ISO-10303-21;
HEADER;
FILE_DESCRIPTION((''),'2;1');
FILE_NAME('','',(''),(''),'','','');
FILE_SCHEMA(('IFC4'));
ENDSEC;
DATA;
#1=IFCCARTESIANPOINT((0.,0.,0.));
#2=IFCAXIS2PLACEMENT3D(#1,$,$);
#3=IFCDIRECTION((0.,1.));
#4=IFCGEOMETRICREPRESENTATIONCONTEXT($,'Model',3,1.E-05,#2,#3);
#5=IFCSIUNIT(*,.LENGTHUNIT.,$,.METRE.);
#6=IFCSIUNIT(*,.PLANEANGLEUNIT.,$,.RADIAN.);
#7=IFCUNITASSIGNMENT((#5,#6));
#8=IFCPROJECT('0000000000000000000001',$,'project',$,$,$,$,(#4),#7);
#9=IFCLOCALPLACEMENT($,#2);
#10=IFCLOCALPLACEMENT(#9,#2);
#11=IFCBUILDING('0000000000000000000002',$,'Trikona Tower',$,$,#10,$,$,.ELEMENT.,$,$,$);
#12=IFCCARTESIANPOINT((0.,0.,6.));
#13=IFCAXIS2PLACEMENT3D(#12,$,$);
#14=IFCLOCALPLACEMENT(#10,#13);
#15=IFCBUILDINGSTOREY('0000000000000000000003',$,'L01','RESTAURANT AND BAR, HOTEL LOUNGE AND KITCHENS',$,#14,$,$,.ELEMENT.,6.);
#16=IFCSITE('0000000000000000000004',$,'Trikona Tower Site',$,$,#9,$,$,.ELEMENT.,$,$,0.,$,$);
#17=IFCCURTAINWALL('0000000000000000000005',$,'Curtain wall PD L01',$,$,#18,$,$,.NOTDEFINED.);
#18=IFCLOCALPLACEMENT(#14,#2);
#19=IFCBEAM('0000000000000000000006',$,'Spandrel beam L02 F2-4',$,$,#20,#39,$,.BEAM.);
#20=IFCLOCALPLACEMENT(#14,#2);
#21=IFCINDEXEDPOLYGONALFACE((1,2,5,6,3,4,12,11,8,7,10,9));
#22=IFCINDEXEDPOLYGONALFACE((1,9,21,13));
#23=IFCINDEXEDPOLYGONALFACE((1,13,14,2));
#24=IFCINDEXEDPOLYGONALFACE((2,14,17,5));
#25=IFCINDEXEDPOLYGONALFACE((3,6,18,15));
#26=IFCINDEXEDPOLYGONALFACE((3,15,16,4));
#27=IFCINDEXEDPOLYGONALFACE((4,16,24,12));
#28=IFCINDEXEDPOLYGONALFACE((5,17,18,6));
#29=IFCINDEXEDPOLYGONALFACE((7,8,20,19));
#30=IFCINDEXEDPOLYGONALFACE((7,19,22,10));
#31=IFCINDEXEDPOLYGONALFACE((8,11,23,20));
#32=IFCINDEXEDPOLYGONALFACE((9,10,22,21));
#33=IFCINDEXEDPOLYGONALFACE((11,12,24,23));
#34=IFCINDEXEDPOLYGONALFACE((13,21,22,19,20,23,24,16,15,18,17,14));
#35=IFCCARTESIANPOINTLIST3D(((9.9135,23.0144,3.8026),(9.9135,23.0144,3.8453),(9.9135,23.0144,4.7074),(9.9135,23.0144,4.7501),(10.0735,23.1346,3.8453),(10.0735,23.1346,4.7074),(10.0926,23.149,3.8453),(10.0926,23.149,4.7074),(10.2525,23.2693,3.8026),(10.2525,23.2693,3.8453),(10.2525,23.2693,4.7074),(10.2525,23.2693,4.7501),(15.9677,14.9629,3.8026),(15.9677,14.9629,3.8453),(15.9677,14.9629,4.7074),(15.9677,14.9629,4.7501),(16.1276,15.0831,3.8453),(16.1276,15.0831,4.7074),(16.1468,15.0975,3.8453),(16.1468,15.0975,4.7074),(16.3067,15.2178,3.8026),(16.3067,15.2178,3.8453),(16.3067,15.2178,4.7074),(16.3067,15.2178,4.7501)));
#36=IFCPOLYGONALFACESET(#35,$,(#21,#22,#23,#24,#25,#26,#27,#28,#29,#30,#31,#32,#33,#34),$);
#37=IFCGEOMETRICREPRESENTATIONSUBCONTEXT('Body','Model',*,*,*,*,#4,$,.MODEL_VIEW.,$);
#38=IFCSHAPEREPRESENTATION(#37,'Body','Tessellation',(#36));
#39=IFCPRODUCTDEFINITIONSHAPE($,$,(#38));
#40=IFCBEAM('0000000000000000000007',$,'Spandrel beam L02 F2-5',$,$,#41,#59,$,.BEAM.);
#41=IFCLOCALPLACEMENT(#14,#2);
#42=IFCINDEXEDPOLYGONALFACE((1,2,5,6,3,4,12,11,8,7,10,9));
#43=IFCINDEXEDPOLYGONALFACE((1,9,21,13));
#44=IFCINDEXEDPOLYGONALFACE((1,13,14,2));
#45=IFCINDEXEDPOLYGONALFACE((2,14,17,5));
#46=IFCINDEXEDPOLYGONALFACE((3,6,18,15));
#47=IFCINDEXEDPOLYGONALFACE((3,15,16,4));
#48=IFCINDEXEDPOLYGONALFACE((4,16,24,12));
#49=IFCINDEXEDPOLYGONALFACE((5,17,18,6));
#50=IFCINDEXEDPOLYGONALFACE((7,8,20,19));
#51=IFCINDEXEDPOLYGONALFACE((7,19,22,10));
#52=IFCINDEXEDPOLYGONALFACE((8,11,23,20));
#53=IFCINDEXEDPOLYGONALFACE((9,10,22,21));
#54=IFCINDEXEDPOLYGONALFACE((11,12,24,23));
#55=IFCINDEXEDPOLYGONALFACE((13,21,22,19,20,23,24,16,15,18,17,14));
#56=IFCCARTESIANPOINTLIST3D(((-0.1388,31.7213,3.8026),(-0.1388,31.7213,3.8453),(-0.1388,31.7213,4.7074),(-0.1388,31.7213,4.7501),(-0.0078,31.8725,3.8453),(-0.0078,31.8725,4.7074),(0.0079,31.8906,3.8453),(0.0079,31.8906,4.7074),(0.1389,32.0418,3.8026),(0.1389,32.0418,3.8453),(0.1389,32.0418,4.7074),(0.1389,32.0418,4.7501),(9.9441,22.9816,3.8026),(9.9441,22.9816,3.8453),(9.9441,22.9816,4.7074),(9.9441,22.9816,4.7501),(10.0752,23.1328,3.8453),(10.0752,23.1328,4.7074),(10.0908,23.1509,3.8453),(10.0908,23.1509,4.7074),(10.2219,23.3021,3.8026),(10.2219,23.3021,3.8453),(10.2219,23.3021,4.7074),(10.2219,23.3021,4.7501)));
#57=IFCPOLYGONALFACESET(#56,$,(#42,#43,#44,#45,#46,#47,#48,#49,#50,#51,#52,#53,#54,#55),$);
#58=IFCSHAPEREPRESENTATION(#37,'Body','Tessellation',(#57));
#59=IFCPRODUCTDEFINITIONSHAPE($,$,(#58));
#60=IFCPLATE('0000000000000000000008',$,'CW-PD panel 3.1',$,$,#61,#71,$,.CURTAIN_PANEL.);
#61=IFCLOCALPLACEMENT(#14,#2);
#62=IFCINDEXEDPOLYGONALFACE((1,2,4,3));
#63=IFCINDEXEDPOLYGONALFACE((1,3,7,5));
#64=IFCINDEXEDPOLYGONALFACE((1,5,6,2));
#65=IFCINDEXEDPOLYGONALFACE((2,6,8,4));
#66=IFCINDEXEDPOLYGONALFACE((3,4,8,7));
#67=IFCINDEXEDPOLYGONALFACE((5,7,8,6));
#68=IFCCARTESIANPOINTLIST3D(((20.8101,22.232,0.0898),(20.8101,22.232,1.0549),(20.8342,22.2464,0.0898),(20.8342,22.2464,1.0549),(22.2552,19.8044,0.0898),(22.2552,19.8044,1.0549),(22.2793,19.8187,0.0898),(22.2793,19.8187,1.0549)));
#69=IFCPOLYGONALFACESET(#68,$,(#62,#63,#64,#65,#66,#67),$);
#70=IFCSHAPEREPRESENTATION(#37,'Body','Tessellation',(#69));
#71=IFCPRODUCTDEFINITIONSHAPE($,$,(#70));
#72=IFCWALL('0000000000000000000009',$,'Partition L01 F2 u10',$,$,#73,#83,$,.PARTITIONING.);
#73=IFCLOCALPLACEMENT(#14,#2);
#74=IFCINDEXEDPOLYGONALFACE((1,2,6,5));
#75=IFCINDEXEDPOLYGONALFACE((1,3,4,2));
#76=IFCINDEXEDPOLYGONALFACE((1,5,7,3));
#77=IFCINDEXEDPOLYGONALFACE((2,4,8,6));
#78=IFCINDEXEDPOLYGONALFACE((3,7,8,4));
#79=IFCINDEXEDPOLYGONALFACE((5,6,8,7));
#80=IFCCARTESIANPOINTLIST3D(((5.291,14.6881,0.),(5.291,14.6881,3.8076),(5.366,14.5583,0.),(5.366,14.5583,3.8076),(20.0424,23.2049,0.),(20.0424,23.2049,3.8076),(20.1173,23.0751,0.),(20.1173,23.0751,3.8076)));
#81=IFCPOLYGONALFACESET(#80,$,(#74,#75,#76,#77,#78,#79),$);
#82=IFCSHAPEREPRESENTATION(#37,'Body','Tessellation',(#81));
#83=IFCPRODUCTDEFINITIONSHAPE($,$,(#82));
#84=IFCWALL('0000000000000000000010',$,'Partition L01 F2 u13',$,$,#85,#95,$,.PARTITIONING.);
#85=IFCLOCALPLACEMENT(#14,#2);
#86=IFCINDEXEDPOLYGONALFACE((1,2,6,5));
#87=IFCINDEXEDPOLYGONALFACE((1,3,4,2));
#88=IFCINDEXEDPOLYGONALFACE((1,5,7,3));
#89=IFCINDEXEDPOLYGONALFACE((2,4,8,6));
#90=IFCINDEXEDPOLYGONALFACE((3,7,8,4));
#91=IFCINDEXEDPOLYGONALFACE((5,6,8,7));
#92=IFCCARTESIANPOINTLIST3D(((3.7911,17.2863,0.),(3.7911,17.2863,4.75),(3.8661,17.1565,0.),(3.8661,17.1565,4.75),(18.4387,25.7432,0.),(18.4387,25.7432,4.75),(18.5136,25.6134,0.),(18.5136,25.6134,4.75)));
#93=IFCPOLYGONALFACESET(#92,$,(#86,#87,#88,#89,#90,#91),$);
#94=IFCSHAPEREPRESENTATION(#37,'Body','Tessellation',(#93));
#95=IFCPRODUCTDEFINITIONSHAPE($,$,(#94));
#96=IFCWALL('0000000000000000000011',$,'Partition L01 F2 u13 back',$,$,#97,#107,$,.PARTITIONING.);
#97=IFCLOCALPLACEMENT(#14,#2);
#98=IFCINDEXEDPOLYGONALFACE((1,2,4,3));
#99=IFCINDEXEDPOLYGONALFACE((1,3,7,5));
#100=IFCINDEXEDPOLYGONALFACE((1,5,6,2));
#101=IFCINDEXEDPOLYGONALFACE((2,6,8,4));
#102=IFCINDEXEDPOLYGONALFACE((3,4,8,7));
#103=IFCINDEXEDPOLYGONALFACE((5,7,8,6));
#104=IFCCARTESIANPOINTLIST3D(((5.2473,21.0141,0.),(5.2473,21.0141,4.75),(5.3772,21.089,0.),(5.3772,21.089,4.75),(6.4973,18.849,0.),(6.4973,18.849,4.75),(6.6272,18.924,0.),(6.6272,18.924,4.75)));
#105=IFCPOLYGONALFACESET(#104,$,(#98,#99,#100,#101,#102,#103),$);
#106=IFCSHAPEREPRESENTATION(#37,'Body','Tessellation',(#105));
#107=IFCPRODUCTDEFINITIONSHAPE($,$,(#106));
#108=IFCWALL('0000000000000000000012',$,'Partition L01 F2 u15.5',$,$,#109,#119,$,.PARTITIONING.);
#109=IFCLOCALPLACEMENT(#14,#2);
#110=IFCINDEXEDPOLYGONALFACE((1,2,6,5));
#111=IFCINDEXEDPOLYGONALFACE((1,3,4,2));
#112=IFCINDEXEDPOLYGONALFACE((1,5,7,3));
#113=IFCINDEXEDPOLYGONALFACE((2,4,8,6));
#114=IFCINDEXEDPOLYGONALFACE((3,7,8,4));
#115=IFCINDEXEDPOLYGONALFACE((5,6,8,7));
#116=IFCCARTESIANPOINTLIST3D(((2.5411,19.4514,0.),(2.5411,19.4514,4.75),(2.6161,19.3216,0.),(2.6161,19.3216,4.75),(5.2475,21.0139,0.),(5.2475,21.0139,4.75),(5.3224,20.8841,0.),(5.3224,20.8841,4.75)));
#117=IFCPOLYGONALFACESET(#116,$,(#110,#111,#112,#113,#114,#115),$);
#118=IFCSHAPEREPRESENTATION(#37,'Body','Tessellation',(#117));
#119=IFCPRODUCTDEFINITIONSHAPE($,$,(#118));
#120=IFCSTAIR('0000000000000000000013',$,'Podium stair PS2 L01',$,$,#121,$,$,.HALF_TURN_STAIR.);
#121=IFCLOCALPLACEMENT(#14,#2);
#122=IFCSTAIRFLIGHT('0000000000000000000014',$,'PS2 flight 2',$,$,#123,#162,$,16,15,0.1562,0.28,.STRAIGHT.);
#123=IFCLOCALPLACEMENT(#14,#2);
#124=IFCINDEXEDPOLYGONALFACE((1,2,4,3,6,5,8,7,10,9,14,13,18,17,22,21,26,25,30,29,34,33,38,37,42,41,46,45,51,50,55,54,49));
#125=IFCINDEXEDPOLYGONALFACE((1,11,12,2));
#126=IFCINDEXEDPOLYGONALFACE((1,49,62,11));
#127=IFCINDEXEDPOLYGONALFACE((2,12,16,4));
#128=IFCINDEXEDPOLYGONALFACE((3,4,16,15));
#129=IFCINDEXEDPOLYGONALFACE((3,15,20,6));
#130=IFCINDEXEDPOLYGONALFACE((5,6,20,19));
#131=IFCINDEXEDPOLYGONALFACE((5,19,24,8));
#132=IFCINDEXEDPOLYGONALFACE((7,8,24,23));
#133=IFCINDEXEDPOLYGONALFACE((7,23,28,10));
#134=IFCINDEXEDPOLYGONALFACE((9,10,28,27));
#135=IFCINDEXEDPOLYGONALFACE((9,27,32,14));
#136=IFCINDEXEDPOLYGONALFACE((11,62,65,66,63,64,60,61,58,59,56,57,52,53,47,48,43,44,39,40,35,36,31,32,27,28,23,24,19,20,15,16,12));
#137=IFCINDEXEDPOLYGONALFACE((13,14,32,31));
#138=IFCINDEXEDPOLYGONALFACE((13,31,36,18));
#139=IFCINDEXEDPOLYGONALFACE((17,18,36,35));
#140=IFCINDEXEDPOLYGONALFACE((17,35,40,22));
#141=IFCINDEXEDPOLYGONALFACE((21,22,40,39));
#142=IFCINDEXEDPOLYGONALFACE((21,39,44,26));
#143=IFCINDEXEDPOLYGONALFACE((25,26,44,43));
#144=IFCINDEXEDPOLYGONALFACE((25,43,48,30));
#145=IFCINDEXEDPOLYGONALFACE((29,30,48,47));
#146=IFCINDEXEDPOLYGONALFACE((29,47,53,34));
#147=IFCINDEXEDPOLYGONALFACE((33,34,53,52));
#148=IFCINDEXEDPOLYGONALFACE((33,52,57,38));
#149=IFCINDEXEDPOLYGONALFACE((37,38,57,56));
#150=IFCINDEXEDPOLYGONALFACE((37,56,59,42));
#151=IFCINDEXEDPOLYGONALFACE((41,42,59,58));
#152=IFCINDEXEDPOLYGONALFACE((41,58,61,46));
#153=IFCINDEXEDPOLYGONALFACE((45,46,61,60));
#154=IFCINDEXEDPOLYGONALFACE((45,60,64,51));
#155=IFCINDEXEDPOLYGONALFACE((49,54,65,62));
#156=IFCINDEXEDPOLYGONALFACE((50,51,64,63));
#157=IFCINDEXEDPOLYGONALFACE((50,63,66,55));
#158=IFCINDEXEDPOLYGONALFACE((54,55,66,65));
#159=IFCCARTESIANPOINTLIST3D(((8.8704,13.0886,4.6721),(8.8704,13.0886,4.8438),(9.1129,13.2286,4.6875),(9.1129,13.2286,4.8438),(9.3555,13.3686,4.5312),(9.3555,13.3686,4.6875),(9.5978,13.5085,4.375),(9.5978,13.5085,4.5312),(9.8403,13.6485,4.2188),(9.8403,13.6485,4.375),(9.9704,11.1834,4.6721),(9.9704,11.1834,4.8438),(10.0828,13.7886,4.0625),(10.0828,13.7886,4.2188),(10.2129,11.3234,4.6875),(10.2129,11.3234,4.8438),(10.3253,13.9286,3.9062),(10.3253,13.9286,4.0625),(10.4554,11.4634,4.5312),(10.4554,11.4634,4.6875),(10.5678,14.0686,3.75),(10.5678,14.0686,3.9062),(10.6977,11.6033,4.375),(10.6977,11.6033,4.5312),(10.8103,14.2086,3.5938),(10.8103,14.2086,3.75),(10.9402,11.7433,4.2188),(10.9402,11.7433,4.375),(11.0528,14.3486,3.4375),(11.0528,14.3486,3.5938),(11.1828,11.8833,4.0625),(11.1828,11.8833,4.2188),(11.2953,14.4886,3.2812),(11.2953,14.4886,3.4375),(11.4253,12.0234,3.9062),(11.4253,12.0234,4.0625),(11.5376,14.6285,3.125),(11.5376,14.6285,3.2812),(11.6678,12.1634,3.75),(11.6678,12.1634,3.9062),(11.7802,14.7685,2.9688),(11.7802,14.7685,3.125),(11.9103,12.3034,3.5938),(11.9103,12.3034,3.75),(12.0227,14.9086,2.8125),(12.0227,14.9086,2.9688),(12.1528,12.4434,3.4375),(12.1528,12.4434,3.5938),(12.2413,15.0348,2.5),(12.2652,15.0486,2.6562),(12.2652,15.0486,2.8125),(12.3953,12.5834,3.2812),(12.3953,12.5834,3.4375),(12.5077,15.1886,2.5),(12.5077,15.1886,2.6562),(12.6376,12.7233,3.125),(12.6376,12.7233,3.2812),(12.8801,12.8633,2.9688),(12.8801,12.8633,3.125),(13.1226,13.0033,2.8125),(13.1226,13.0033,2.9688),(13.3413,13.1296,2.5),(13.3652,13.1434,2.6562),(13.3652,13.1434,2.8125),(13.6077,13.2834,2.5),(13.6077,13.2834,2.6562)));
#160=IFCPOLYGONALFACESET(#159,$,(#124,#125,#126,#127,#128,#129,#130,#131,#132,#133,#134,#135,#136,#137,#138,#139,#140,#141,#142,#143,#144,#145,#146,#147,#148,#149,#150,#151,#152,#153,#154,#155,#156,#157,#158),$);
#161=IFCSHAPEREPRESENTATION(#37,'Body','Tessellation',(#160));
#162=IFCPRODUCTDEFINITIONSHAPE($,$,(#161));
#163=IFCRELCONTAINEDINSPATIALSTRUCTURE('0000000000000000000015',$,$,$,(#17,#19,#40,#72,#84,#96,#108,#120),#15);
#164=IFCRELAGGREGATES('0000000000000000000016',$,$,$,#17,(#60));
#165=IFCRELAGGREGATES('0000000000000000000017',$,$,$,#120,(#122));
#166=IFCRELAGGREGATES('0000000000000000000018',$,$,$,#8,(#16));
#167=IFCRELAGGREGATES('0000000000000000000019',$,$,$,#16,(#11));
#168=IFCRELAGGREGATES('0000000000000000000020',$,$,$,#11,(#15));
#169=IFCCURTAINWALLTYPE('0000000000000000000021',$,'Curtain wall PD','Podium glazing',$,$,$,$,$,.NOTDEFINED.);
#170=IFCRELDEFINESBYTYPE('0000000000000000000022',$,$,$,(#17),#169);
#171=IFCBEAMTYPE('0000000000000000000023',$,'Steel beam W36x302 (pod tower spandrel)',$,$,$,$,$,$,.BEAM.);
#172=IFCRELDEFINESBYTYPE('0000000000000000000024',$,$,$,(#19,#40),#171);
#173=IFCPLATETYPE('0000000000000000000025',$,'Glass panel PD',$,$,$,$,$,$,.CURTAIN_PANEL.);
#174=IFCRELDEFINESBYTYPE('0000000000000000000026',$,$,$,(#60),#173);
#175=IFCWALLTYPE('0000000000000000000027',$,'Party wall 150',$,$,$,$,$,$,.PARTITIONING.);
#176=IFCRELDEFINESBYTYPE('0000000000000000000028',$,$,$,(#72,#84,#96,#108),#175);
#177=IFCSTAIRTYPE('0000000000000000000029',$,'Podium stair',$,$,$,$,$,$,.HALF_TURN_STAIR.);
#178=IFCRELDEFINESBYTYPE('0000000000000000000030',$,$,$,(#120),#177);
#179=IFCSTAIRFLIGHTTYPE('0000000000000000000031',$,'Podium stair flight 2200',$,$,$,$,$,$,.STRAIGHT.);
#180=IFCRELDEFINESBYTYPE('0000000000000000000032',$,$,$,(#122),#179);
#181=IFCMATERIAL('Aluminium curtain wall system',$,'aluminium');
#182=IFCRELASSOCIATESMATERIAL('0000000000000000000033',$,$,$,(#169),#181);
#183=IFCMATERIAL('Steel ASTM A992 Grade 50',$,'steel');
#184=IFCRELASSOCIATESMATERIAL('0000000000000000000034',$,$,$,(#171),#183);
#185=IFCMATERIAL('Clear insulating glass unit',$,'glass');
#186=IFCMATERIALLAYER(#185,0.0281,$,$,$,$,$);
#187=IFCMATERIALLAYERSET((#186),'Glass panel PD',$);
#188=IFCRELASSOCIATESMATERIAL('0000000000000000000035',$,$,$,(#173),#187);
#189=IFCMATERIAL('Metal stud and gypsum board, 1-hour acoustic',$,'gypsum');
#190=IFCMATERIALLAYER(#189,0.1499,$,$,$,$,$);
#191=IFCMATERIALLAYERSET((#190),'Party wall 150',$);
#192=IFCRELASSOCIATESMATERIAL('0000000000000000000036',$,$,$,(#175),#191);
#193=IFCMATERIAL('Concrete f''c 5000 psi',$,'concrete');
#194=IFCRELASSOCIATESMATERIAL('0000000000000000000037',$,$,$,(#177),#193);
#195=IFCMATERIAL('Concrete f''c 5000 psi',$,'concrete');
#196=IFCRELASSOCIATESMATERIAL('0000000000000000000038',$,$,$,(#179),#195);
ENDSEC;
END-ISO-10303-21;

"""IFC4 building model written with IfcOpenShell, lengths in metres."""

from ifc_helpers import new_model, si_unit, direction, frame, frame_2d, origin, origin_2d, place, context, subcontext, project, spatial, polyline, rectangle, i_section, outline, extrude, material, layer, layer_set, material_profile, profile_set, type_object, element, aggregate, save


model = new_model("IFC4")

# Units and contexts
model_context = context("Model", 3, precision=1e-05, world=origin(), true_north=direction((0.0, 1.0)))
body_context = subcontext(model_context, "Body", "Model", "MODEL_VIEW")
ifc_project = project(units=[si_unit("LENGTHUNIT", "METRE"), si_unit("PLANEANGLEUNIT", "RADIAN")], contexts=[model_context])

# Site, building, storey
site_placement = place(None, origin())
site = spatial("IfcSite", under=ifc_project, at=site_placement, Name="Trikona Tower Site", CompositionType="ELEMENT", RefElevation=0.0)
building_placement = place(site_placement, origin())
building = spatial("IfcBuilding", under=site, at=building_placement, Name="Trikona Tower", CompositionType="ELEMENT")
storey_placement = place(building_placement, frame((0.0, 0.0, 6.0)))
storey = spatial("IfcBuildingStorey", under=building, at=storey_placement, Name="L01", Description="RESTAURANT AND BAR, HOTEL LOUNGE AND KITCHENS", CompositionType="ELEMENT", Elevation=6.0)

# Curtain wall
ifc_material_1 = material(Name="Aluminium curtain wall system", Category="aluminium")
curtain_wall_type = type_object("IfcCurtainWallType", Name="Curtain wall PD", Description="Podium glazing", PredefinedType="NOTDEFINED", material=ifc_material_1)
curtain_wall_placement = place(storey_placement, origin())
curtain_wall = element("IfcCurtainWall", 1, at=curtain_wall_placement, inside=storey, type_object=curtain_wall_type, Name="Curtain wall PD L01", PredefinedType="NOTDEFINED")

# Beams
ifc_material_2 = material(Name="Steel ASTM A992 Grade 50", Category="steel")
ifc_material_profile_1 = material_profile(ifc_material_2, i_section(OverallWidth=0.4241, OverallDepth=0.9475, WebThickness=0.0239, FlangeThickness=0.0427, at=origin_2d()), Name="W36X302")
ifc_profile_set_1 = profile_set([ifc_material_profile_1], Name="Steel ASTM A992 Grade 50")
beam_type_1 = type_object("IfcBeamType", Name="Steel beam W36x302 (pod tower spandrel)", PredefinedType="BEAM", material=ifc_profile_set_1)
beam_1_placement = place(storey_placement, frame((16.1372, 15.0903, 4.2764), z_axis=(-0.600988, 0.799258, 0.0), x_axis=(-0.799258, -0.600988, 0.0)))
element("IfcBeam", 2, at=beam_1_placement, inside=storey, type_object=beam_type_1, Name="Spandrel beam L02 F2-4", PredefinedType="BEAM", context=body_context, shape_type="SweptSolid", body=[
    extrude(i_section(OverallWidth=0.4241, OverallDepth=0.9475, WebThickness=0.0239, FlangeThickness=0.0427, at=origin_2d()), origin(), (0.0, 0.0, 1.0), 10.0737),
])
beam_2_placement = place(storey_placement, frame((10.083, 23.1418, 4.2764), z_axis=(-0.755647, 0.654979, 0.0), x_axis=(-0.654979, -0.755647, 0.0)))
element("IfcBeam", 3, at=beam_2_placement, inside=storey, type_object=beam_type_1, Name="Spandrel beam L02 F2-5", PredefinedType="BEAM", context=body_context, shape_type="SweptSolid", body=[
    extrude(i_section(OverallWidth=0.4241, OverallDepth=0.9475, WebThickness=0.0239, FlangeThickness=0.0427, at=origin_2d()), origin(), (0.0, 0.0, 1.0), 13.3435),
])

# Plate
ifc_material_3 = material(Name="Clear insulating glass unit", Category="glass")
ifc_layer_1 = layer(ifc_material_3, 0.0281)
ifc_layer_set_1 = layer_set([ifc_layer_1], Name="Glass panel PD")
plate_type = type_object("IfcPlateType", Name="Glass panel PD", PredefinedType="CURTAIN_PANEL", material=ifc_layer_set_1)
plate_placement = place(storey_placement, frame((21.5447, 21.0254, 0.0898), z_axis=(0.0, 0.0, 1.0), x_axis=(-0.511499, 0.859284, 0.0)))
plate = element("IfcPlate", 4, at=plate_placement, type_object=plate_type, Name="CW-PD panel 3.1", PredefinedType="CURTAIN_PANEL", context=body_context, shape_type="SweptSolid", body=[
    extrude(rectangle(XDim=2.8252, YDim=0.0281, at=origin_2d()), origin(), (0.0, 0.0, 1.0), 0.9651),
])
aggregate(curtain_wall, [plate])

# Walls
ifc_material_4 = material(Name="Metal stud and gypsum board, 1-hour acoustic", Category="gypsum")
ifc_layer_2 = layer(ifc_material_4, 0.1499)
ifc_layer_set_2 = layer_set([ifc_layer_2], Name="Party wall 150")
wall_type_1 = type_object("IfcWallType", Name="Party wall 150", PredefinedType="PARTITIONING", material=ifc_layer_set_2)
wall_1_placement = place(storey_placement, frame((5.3286, 14.6233, 0.0), z_axis=(0.0, 0.0, 1.0), x_axis=(0.866023, 0.500004, 0.0)))
element("IfcWall", 5, at=wall_1_placement, inside=storey, type_object=wall_type_1, Name="Partition L01 F2 u10", PredefinedType="PARTITIONING", context=body_context, shape_type="SweptSolid", body=[
    extrude(rectangle(XDim=17.0334, YDim=0.1499, at=frame_2d((8.5166, 0.0))), origin(), (0.0, 0.0, 1.0), 3.8076),
])
wall_2_placement = place(storey_placement, frame((3.8286, 17.2214, 0.0), z_axis=(0.0, 0.0, 1.0), x_axis=(0.866024, 0.500003, 0.0)))
element("IfcWall", 6, at=wall_2_placement, inside=storey, type_object=wall_type_1, Name="Partition L01 F2 u13", PredefinedType="PARTITIONING", context=body_context, shape_type="SweptSolid", body=[
    extrude(rectangle(XDim=16.9136, YDim=0.1499, at=frame_2d((8.4568, 0.0))), origin(), (0.0, 0.0, 1.0), 4.75),
])
wall_3_placement = place(storey_placement, frame((6.5623, 18.8865, 0.0), z_axis=(0.0, 0.0, 1.0), x_axis=(-0.500004, 0.866023, 0.0)))
element("IfcWall", 7, at=wall_3_placement, inside=storey, type_object=wall_type_1, Name="Partition L01 F2 u13 back", PredefinedType="PARTITIONING", context=body_context, shape_type="SweptSolid", body=[
    extrude(rectangle(XDim=2.5, YDim=0.1499, at=frame_2d((1.25, 0.0))), origin(), (0.0, 0.0, 1.0), 4.75),
])
wall_4_placement = place(storey_placement, frame((2.5786, 19.3865, 0.0), z_axis=(0.0, 0.0, 1.0), x_axis=(0.866023, 0.500004, 0.0)))
element("IfcWall", 8, at=wall_4_placement, inside=storey, type_object=wall_type_1, Name="Partition L01 F2 u15.5", PredefinedType="PARTITIONING", context=body_context, shape_type="SweptSolid", body=[
    extrude(rectangle(XDim=3.125, YDim=0.1499, at=frame_2d((1.5625, 0.0))), origin(), (0.0, 0.0, 1.0), 4.75),
])

# Stair, stair flight
ifc_material_5 = material(Name="Concrete f'c 5000 psi", Category="concrete")
stair_type = type_object("IfcStairType", Name="Podium stair", PredefinedType="HALF_TURN_STAIR", material=ifc_material_5)
stair_placement = place(storey_placement, origin())
stair = element("IfcStair", 9, at=stair_placement, inside=storey, type_object=stair_type, Name="Podium stair PS2 L01", PredefinedType="HALF_TURN_STAIR")
ifc_material_6 = material(Name="Concrete f'c 5000 psi", Category="concrete")
stair_flight_type = type_object("IfcStairFlightType", Name="Podium stair flight 2200", PredefinedType="STRAIGHT", material=ifc_material_6)
stair_flight_placement = place(storey_placement, frame((13.0576, 14.2361, 2.5), z_axis=(0.0, 0.0, 1.0), x_axis=(-0.866025, -0.5, 0.0)))
stair_flight = element("IfcStairFlight", 10, at=stair_flight_placement, type_object=stair_flight_type, Name="PS2 flight 2", NumberOfRisers=16, NumberOfTreads=15, PredefinedType="STRAIGHT", RiserHeight=0.1562, TreadLength=0.28, context=body_context, shape_type="SweptSolid", body=[
    extrude(outline(polyline([(0.0, 0.0), (0.0, 0.1562), (0.28, 0.1562), (0.28, 0.3125), (0.5601, 0.3125), (0.5601, 0.4688), (0.8401, 0.4688), (0.8401, 0.625), (1.1201, 0.625), (1.1201, 0.7812), (1.3999, 0.7812), (1.3999, 0.9375), (1.6799, 0.9375), (1.6799, 1.0938), (1.96, 1.0938), (1.96, 1.25), (2.24, 1.25), (2.24, 1.4062), (2.52, 1.4062), (2.52, 1.5625), (2.8, 1.5625), (2.8, 1.7188), (3.0801, 1.7188), (3.0801, 1.875), (3.3601, 1.875), (3.3601, 2.0312), (3.6399, 2.0312), (3.6399, 2.1875), (3.9199, 2.1875), (3.9199, 2.3438), (4.2, 2.3438), (4.2, 2.5), (4.2, 2.1721), (0.3076, 0.0), (0.0, 0.0)])), frame((0.0, 1.1001, 0.0), z_axis=(0.0, -1.0, 0.0), x_axis=(1.0, 0.0, 0.0)), (0.0, 0.0, 1.0), 2.2),
])
aggregate(stair, [stair_flight])

save(model, "model.ifc")
